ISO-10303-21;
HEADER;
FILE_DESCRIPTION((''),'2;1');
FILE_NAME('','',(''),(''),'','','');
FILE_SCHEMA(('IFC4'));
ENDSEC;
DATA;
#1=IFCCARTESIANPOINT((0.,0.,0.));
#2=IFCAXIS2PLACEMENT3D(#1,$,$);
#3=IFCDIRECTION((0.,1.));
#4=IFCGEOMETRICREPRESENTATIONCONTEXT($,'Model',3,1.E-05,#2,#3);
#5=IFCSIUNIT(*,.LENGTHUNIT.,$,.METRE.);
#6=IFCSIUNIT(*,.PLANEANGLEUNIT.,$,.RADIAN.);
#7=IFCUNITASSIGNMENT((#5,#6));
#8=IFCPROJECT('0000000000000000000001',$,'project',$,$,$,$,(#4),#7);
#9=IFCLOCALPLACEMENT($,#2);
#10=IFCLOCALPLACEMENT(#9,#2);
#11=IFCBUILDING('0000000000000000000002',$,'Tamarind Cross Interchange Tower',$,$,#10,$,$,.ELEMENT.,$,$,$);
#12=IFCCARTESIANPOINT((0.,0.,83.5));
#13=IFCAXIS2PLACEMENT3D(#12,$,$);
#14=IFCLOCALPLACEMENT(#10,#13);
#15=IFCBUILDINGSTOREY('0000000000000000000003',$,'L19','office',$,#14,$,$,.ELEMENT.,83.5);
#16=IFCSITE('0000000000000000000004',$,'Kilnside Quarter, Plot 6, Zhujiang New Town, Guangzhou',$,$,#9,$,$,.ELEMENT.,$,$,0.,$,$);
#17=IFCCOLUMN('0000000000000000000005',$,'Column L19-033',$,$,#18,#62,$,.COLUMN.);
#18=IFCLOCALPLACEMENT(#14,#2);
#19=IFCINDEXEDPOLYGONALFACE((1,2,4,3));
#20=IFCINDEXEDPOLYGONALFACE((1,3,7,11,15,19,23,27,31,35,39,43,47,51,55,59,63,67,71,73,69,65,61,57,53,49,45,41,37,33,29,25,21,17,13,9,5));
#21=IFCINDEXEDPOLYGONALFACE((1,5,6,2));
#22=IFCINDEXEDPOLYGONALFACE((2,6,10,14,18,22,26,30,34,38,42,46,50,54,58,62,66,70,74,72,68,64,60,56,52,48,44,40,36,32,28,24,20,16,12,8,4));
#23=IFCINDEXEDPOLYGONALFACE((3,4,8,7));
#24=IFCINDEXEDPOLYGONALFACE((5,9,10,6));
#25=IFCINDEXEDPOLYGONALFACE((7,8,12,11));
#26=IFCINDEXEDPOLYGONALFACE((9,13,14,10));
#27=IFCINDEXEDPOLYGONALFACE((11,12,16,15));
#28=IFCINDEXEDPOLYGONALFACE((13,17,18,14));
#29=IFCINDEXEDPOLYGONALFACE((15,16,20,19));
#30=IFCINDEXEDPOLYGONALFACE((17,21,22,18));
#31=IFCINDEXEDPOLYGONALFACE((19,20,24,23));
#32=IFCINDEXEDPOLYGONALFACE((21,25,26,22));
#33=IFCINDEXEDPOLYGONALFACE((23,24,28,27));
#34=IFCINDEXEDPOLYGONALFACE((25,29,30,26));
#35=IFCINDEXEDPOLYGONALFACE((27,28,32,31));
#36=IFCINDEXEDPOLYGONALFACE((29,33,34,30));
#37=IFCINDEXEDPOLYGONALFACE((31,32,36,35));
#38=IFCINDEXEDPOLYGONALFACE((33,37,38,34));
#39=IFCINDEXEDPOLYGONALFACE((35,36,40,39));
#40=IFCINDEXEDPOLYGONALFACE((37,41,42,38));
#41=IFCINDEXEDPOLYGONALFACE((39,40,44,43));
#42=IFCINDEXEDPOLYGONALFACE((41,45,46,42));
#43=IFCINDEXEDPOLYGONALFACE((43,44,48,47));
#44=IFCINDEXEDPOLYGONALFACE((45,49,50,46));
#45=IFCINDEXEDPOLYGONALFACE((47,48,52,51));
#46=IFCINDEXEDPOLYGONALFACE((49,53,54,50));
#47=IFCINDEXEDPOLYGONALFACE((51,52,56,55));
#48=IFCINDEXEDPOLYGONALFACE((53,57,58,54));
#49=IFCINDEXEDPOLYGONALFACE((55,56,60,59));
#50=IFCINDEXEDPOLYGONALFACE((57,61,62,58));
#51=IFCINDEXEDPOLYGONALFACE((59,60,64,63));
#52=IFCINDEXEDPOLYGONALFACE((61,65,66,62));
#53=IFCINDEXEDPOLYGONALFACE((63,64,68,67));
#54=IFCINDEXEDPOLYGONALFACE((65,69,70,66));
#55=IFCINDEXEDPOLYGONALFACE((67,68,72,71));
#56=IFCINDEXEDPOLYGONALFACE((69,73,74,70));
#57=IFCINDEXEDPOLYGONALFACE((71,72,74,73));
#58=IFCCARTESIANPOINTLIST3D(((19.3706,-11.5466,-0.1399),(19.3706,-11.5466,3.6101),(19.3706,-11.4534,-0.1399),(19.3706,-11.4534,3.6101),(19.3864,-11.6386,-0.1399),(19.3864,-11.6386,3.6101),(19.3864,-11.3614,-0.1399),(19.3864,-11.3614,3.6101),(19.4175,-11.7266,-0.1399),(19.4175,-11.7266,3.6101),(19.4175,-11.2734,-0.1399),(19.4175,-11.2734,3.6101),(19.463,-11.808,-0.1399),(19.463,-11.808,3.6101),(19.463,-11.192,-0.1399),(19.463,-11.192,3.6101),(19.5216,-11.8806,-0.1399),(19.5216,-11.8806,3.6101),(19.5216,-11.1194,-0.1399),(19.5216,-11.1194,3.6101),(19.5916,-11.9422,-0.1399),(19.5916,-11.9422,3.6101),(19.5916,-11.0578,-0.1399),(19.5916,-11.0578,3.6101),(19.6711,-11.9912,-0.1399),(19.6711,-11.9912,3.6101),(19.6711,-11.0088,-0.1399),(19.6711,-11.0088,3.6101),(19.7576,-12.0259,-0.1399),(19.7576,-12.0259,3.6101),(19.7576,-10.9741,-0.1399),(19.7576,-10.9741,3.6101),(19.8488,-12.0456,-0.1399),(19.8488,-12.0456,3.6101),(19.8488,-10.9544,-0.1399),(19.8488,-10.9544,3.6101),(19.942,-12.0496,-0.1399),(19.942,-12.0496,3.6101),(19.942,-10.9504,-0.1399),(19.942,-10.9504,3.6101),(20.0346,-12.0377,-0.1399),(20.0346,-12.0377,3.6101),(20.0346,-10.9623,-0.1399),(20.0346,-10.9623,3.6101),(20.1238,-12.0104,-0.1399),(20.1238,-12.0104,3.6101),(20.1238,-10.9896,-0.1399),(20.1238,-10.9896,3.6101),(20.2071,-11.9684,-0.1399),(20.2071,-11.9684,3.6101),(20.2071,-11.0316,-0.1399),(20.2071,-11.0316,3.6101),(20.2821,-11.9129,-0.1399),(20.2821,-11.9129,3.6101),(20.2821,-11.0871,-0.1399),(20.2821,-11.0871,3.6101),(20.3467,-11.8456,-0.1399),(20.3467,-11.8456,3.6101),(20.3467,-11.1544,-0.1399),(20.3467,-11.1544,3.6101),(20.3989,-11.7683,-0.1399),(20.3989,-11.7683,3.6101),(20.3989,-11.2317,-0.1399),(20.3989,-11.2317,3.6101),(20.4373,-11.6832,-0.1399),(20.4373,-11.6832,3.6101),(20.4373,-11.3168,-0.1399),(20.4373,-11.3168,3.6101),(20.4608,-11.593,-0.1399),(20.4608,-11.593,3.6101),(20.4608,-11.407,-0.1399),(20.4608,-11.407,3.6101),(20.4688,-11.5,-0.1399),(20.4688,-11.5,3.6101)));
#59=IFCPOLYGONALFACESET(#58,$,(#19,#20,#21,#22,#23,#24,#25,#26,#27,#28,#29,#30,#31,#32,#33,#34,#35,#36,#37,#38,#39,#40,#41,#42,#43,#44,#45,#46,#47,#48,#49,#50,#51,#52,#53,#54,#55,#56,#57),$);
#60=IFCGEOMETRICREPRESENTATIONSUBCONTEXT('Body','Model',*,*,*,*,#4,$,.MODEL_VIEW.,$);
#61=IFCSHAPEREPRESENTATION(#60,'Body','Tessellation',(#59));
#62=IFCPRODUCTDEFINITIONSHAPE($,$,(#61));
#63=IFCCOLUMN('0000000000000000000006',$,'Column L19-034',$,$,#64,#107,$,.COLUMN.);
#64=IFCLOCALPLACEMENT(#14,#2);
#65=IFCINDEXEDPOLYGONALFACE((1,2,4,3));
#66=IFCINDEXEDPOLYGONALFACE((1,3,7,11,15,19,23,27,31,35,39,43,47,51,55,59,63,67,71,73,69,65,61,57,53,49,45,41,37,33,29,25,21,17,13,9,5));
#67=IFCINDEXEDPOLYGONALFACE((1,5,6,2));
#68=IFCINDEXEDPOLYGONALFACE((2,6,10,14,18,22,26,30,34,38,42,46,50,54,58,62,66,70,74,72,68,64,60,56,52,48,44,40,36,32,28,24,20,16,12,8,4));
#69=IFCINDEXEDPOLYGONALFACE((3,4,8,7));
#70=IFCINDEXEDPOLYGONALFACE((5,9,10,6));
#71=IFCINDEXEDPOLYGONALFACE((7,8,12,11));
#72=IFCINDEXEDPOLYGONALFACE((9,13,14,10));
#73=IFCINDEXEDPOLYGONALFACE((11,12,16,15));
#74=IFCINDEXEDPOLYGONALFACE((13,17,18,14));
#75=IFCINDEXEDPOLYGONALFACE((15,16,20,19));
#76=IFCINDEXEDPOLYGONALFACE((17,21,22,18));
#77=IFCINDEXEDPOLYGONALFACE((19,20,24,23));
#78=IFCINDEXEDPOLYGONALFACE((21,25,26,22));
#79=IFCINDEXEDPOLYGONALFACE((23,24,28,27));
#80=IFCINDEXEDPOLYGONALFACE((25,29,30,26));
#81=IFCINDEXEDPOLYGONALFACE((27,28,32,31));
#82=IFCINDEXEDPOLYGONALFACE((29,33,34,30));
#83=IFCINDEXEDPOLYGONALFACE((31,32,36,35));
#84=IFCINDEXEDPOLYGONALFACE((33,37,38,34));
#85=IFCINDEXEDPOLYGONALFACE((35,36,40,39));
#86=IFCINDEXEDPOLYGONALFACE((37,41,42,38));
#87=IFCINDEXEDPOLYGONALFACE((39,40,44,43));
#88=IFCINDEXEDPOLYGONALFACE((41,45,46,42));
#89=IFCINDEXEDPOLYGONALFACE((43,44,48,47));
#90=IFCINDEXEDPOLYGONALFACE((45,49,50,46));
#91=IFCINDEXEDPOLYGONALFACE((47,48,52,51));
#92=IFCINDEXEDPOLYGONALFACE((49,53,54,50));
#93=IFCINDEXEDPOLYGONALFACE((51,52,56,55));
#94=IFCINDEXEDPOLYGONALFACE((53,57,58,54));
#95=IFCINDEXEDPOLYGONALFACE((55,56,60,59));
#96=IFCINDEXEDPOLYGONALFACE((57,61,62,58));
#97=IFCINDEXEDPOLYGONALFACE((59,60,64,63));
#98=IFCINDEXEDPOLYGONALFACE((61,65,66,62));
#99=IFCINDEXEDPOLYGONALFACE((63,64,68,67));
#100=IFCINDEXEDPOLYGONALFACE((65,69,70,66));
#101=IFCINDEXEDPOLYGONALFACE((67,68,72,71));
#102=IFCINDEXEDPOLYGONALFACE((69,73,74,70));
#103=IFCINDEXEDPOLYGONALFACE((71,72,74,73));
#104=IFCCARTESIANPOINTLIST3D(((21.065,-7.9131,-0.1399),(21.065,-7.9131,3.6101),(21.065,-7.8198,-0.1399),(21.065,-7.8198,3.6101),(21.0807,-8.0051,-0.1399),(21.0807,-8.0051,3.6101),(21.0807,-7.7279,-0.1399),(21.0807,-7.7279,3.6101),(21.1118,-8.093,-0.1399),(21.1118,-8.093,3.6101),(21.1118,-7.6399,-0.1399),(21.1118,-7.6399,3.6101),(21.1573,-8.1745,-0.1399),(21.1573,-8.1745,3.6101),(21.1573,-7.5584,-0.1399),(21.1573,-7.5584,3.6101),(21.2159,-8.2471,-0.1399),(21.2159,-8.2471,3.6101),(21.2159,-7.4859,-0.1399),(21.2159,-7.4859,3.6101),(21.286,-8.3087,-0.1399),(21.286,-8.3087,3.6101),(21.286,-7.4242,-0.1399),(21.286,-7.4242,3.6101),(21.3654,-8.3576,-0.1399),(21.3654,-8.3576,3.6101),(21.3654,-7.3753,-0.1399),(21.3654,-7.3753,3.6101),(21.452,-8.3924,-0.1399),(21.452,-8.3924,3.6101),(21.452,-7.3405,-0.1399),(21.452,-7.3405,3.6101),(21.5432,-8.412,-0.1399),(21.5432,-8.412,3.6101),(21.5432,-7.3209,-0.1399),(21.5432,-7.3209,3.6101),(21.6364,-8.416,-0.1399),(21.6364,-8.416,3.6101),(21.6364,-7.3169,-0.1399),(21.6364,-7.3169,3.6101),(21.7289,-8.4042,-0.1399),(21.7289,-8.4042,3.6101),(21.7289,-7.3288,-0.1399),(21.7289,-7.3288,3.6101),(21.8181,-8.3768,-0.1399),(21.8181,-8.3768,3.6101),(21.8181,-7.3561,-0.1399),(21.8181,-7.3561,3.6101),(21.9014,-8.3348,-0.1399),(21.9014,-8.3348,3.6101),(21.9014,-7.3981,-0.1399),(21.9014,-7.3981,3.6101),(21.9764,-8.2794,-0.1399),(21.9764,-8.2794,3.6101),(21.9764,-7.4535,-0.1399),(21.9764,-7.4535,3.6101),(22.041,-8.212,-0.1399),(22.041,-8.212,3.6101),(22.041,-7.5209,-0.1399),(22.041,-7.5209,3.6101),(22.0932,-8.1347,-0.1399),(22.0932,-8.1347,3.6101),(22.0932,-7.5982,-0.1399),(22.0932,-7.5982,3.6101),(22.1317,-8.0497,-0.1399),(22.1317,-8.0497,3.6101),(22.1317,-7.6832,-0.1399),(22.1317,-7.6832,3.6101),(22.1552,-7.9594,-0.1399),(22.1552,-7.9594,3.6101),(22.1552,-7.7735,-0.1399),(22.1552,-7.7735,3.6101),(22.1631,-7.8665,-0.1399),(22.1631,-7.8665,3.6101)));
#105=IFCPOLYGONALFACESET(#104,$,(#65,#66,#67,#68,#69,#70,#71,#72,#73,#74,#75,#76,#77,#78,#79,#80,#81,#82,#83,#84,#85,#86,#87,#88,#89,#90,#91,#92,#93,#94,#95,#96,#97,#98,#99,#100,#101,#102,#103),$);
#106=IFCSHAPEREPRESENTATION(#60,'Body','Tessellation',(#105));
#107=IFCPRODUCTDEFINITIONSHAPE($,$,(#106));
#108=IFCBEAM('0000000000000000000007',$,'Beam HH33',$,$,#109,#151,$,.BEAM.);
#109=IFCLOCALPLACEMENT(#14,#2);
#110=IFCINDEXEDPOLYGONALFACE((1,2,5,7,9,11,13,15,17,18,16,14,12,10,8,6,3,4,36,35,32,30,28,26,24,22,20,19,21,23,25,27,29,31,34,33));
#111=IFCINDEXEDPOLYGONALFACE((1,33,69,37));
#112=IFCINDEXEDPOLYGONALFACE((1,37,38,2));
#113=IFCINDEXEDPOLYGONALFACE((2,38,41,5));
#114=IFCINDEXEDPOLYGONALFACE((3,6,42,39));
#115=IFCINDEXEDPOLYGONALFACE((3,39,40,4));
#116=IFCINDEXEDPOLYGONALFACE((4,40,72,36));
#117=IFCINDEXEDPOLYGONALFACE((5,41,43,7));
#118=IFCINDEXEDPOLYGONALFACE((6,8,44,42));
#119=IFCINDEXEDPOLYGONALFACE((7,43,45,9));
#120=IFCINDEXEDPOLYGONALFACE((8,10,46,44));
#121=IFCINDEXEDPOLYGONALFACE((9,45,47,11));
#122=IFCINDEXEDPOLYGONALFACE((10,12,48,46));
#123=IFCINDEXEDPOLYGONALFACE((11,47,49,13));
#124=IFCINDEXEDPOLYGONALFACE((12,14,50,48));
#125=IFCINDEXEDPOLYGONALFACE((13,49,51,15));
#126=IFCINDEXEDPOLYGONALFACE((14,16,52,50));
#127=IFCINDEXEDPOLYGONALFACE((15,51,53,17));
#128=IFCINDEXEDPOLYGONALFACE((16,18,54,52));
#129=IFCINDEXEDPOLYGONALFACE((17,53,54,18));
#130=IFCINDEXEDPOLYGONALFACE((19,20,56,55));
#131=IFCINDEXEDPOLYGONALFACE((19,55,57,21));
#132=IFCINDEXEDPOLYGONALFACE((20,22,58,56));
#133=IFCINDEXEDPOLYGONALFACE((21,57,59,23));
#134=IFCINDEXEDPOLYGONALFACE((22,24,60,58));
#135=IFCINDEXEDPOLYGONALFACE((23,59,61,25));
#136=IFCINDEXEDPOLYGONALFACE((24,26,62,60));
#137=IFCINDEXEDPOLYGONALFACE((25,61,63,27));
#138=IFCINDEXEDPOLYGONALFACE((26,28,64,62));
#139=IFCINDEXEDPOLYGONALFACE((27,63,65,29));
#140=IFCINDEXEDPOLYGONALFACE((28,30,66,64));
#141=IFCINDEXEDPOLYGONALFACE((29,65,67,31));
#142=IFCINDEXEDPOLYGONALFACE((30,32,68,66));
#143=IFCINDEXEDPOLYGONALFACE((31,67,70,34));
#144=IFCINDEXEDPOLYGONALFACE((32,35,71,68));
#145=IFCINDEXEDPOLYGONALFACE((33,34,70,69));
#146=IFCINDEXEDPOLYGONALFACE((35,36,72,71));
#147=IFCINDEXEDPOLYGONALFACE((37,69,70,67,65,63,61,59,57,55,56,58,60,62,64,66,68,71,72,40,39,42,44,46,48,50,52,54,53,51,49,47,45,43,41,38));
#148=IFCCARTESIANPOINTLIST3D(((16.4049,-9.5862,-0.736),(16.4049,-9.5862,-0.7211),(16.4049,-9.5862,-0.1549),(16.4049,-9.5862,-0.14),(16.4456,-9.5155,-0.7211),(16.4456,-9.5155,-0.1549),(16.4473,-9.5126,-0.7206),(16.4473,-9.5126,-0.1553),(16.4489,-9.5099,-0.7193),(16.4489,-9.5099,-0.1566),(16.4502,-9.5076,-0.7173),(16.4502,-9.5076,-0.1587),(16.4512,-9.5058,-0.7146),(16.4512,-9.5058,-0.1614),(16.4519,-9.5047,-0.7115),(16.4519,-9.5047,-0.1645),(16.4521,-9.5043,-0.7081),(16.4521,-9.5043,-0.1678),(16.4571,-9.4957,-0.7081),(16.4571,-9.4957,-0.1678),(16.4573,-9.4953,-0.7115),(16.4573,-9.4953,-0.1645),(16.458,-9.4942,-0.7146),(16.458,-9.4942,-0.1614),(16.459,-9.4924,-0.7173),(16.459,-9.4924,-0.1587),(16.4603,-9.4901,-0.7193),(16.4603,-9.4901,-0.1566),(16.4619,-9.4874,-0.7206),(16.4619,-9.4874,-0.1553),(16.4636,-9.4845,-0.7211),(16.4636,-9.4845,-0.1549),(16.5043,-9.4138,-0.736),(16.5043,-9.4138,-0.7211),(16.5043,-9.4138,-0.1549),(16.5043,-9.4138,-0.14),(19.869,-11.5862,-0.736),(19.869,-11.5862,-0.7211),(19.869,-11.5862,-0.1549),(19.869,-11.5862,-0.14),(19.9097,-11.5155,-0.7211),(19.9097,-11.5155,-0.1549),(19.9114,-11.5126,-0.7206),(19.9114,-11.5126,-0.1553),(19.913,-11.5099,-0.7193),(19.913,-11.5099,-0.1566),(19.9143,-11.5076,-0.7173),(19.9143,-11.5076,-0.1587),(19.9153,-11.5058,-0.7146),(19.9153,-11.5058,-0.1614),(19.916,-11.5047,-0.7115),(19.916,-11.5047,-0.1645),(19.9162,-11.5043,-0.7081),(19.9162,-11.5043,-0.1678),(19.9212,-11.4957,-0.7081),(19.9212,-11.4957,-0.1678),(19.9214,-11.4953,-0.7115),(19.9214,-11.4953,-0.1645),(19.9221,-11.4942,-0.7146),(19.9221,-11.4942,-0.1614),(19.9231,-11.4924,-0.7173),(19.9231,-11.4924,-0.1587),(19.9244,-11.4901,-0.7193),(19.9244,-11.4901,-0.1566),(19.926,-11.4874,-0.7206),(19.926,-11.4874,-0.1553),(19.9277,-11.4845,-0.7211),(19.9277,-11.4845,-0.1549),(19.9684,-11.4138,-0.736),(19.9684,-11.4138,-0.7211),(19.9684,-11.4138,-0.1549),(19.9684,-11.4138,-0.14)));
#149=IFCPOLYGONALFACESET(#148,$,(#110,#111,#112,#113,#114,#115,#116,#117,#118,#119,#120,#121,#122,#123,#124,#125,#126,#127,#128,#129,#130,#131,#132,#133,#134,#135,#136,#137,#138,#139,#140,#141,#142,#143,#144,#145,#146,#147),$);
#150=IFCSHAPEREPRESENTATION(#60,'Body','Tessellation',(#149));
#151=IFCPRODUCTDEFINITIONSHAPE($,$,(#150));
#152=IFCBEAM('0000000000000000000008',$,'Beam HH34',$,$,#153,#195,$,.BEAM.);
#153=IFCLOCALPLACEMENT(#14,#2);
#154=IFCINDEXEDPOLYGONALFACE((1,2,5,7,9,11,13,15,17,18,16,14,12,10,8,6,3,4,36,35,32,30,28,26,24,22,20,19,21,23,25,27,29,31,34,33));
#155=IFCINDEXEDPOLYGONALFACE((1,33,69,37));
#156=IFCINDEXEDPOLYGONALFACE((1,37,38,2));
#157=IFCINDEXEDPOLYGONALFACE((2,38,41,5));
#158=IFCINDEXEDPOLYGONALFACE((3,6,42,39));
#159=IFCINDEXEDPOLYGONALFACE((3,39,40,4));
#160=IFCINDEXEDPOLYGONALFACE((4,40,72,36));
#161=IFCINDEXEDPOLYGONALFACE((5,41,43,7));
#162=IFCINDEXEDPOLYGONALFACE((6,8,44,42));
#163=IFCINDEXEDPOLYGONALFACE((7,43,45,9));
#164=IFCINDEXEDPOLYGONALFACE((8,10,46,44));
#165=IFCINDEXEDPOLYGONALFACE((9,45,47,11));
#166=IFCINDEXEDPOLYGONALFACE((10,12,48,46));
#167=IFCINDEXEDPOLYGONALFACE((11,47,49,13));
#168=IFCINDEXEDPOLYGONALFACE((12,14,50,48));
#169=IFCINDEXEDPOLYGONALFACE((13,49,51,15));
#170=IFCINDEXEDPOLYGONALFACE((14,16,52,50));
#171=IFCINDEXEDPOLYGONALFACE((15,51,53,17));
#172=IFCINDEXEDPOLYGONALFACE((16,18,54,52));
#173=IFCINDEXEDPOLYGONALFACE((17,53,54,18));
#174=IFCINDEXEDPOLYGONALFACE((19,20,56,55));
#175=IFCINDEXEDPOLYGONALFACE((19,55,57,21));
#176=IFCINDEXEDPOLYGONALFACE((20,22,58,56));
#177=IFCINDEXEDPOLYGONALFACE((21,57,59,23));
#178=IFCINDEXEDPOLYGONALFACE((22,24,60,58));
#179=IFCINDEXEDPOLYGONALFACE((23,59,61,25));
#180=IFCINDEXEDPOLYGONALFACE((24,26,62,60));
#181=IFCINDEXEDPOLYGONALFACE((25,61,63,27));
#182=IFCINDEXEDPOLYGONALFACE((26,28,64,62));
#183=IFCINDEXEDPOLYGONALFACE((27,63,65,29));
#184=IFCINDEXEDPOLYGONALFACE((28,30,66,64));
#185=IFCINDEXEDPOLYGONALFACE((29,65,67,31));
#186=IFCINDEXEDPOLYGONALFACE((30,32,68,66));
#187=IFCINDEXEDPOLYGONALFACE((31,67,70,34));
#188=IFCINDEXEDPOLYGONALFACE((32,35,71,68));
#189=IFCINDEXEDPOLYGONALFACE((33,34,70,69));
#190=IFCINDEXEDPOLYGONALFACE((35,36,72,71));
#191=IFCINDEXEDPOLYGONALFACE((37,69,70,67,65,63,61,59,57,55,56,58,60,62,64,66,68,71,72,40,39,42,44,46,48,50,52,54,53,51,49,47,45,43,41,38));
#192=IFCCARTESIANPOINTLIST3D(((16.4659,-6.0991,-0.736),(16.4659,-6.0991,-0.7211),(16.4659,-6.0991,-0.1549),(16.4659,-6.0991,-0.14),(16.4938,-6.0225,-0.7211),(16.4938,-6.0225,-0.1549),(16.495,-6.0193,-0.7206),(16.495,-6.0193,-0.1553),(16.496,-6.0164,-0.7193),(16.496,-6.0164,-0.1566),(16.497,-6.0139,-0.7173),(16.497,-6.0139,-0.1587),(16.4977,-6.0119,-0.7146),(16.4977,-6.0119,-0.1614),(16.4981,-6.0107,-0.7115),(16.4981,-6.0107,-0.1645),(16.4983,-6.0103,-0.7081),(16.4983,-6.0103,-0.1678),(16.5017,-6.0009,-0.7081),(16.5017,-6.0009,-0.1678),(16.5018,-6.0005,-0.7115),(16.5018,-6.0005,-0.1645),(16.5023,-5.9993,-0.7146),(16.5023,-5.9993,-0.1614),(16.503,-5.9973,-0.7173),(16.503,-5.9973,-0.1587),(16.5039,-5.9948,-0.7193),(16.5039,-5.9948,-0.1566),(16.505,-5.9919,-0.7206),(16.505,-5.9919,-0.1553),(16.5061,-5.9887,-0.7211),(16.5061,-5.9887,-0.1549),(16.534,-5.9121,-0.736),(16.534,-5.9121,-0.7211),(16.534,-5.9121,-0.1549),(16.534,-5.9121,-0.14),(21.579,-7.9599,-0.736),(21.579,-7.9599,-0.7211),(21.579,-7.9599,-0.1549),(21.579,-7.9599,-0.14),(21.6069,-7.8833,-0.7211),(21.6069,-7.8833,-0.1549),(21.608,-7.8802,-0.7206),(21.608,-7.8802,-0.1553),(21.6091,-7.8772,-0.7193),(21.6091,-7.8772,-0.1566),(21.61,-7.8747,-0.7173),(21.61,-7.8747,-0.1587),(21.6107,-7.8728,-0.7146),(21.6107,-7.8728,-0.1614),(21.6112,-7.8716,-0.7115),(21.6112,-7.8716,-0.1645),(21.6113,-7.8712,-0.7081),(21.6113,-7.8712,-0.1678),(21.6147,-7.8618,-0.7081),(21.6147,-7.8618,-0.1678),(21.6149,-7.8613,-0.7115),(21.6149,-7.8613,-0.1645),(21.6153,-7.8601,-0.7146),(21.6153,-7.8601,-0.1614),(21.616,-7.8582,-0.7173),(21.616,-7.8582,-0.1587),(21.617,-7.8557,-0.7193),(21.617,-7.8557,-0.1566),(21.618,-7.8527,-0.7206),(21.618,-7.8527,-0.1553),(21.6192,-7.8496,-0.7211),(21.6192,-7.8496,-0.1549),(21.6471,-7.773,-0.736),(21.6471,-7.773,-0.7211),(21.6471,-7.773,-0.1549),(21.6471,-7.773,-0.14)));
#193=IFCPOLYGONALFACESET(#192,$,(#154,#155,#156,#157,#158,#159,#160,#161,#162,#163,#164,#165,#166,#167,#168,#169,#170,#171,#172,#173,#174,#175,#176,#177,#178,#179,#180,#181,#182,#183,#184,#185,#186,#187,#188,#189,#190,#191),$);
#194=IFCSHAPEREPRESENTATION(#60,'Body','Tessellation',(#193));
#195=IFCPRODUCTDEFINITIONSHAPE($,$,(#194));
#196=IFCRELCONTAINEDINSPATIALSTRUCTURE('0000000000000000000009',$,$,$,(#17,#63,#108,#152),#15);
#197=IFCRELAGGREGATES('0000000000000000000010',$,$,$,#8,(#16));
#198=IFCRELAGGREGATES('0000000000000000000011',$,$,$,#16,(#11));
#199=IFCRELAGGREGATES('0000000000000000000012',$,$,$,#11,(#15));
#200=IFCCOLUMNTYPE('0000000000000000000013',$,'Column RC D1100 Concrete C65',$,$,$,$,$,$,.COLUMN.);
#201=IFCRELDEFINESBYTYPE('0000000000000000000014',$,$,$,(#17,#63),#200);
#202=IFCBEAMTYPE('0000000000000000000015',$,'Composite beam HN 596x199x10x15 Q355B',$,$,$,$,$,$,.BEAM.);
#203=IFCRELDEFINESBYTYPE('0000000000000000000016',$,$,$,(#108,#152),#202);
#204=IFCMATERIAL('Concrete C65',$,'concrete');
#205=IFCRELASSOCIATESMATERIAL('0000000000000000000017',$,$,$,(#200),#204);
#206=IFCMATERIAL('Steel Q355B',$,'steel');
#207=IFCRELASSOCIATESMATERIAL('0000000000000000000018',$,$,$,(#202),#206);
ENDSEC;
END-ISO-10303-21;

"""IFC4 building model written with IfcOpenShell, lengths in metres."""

from ifc_helpers import new_model, si_unit, direction, frame, origin, origin_2d, place, context, subcontext, project, spatial, circle, i_section, extrude, material, material_profile, profile_set, type_object, element, save


model = new_model("IFC4")

# Units and contexts
model_context = context("Model", 3, precision=1e-05, world=origin(), true_north=direction((0.0, 1.0)))
body_context = subcontext(model_context, "Body", "Model", "MODEL_VIEW")
ifc_project = project(units=[si_unit("LENGTHUNIT", "METRE"), si_unit("PLANEANGLEUNIT", "RADIAN")], contexts=[model_context])

# Site, building, storey
site_placement = place(None, origin())
site = spatial("IfcSite", under=ifc_project, at=site_placement, Name="Kilnside Quarter, Plot 6, Zhujiang New Town, Guangzhou", CompositionType="ELEMENT", RefElevation=0.0)
building_placement = place(site_placement, origin())
building = spatial("IfcBuilding", under=site, at=building_placement, Name="Tamarind Cross Interchange Tower", CompositionType="ELEMENT")
storey_placement = place(building_placement, frame((0.0, 0.0, 83.5)))
storey = spatial("IfcBuildingStorey", under=building, at=storey_placement, Name="L19", Description="office", CompositionType="ELEMENT", Elevation=83.5)

# Columns
ifc_material_1 = material(Name="Concrete C65", Category="concrete")
ifc_material_profile_1 = material_profile(ifc_material_1, circle(Radius=0.55, at=origin_2d()), Name="RC D1100")
ifc_profile_set_1 = profile_set([ifc_material_profile_1], Name="Concrete C65")
column_type = type_object("IfcColumnType", Name="Column RC D1100 Concrete C65", PredefinedType="COLUMN", material=ifc_profile_set_1)
for number, where, z_axis, x_axis, name in (
    (1, (19.9187, -11.5, -0.1399), (0.0, 0.0, 1.0), (1.0, 0.0, 0.0), "Column L19-033"),
    (2, (21.613, -7.8665, -0.1399), (0.0, 0.0, 1.0), (1.0, 0.0, 0.0), "Column L19-034"),
):
    element("IfcColumn", number, at=place(storey_placement, frame(where, z_axis=z_axis, x_axis=x_axis)), inside=storey, type_object=column_type, Name=name, PredefinedType="COLUMN", context=body_context, shape_type="SweptSolid", body=[
        extrude(circle(Radius=0.55, at=origin_2d()), origin(), (0.0, 0.0, 1.0), 3.75),
    ])

# Beams
ifc_material_2 = material(Name="Steel Q355B", Category="steel")
ifc_material_profile_2 = material_profile(ifc_material_2, i_section(OverallWidth=0.199, OverallDepth=0.5959, WebThickness=0.01, FlangeThickness=0.0149, FilletRadius=0.0129, at=origin_2d()), Name="HN 596x199x10x15")
ifc_profile_set_2 = profile_set([ifc_material_profile_2], Name="Steel Q355B")
beam_type = type_object("IfcBeamType", Name="Composite beam HN 596x199x10x15 Q355B", PredefinedType="BEAM", material=ifc_profile_set_2)
beam_1_placement = place(storey_placement, frame((19.9187, -11.5, -0.438), z_axis=(-0.866026, 0.499999, 0.0), x_axis=(-0.499999, -0.866026, 0.0)))
element("IfcBeam", 3, at=beam_1_placement, inside=storey, type_object=beam_type, Name="Beam HH33", PredefinedType="BEAM", context=body_context, shape_type="SweptSolid", body=[
    extrude(i_section(OverallWidth=0.199, OverallDepth=0.5959, WebThickness=0.01, FlangeThickness=0.0149, FilletRadius=0.0129, at=origin_2d()), origin(), (0.0, 0.0, 1.0), 4.0),
])
beam_2_placement = place(storey_placement, frame((21.613, -7.8665, -0.438), z_axis=(-0.939702, 0.341995, 0.0), x_axis=(-0.341995, -0.939702, 0.0)))
element("IfcBeam", 4, at=beam_2_placement, inside=storey, type_object=beam_type, Name="Beam HH34", PredefinedType="BEAM", context=body_context, shape_type="SweptSolid", body=[
    extrude(i_section(OverallWidth=0.199, OverallDepth=0.5959, WebThickness=0.01, FlangeThickness=0.0149, FilletRadius=0.0129, at=origin_2d()), origin(), (0.0, 0.0, 1.0), 5.4412),
])

save(model, "model.ifc")
